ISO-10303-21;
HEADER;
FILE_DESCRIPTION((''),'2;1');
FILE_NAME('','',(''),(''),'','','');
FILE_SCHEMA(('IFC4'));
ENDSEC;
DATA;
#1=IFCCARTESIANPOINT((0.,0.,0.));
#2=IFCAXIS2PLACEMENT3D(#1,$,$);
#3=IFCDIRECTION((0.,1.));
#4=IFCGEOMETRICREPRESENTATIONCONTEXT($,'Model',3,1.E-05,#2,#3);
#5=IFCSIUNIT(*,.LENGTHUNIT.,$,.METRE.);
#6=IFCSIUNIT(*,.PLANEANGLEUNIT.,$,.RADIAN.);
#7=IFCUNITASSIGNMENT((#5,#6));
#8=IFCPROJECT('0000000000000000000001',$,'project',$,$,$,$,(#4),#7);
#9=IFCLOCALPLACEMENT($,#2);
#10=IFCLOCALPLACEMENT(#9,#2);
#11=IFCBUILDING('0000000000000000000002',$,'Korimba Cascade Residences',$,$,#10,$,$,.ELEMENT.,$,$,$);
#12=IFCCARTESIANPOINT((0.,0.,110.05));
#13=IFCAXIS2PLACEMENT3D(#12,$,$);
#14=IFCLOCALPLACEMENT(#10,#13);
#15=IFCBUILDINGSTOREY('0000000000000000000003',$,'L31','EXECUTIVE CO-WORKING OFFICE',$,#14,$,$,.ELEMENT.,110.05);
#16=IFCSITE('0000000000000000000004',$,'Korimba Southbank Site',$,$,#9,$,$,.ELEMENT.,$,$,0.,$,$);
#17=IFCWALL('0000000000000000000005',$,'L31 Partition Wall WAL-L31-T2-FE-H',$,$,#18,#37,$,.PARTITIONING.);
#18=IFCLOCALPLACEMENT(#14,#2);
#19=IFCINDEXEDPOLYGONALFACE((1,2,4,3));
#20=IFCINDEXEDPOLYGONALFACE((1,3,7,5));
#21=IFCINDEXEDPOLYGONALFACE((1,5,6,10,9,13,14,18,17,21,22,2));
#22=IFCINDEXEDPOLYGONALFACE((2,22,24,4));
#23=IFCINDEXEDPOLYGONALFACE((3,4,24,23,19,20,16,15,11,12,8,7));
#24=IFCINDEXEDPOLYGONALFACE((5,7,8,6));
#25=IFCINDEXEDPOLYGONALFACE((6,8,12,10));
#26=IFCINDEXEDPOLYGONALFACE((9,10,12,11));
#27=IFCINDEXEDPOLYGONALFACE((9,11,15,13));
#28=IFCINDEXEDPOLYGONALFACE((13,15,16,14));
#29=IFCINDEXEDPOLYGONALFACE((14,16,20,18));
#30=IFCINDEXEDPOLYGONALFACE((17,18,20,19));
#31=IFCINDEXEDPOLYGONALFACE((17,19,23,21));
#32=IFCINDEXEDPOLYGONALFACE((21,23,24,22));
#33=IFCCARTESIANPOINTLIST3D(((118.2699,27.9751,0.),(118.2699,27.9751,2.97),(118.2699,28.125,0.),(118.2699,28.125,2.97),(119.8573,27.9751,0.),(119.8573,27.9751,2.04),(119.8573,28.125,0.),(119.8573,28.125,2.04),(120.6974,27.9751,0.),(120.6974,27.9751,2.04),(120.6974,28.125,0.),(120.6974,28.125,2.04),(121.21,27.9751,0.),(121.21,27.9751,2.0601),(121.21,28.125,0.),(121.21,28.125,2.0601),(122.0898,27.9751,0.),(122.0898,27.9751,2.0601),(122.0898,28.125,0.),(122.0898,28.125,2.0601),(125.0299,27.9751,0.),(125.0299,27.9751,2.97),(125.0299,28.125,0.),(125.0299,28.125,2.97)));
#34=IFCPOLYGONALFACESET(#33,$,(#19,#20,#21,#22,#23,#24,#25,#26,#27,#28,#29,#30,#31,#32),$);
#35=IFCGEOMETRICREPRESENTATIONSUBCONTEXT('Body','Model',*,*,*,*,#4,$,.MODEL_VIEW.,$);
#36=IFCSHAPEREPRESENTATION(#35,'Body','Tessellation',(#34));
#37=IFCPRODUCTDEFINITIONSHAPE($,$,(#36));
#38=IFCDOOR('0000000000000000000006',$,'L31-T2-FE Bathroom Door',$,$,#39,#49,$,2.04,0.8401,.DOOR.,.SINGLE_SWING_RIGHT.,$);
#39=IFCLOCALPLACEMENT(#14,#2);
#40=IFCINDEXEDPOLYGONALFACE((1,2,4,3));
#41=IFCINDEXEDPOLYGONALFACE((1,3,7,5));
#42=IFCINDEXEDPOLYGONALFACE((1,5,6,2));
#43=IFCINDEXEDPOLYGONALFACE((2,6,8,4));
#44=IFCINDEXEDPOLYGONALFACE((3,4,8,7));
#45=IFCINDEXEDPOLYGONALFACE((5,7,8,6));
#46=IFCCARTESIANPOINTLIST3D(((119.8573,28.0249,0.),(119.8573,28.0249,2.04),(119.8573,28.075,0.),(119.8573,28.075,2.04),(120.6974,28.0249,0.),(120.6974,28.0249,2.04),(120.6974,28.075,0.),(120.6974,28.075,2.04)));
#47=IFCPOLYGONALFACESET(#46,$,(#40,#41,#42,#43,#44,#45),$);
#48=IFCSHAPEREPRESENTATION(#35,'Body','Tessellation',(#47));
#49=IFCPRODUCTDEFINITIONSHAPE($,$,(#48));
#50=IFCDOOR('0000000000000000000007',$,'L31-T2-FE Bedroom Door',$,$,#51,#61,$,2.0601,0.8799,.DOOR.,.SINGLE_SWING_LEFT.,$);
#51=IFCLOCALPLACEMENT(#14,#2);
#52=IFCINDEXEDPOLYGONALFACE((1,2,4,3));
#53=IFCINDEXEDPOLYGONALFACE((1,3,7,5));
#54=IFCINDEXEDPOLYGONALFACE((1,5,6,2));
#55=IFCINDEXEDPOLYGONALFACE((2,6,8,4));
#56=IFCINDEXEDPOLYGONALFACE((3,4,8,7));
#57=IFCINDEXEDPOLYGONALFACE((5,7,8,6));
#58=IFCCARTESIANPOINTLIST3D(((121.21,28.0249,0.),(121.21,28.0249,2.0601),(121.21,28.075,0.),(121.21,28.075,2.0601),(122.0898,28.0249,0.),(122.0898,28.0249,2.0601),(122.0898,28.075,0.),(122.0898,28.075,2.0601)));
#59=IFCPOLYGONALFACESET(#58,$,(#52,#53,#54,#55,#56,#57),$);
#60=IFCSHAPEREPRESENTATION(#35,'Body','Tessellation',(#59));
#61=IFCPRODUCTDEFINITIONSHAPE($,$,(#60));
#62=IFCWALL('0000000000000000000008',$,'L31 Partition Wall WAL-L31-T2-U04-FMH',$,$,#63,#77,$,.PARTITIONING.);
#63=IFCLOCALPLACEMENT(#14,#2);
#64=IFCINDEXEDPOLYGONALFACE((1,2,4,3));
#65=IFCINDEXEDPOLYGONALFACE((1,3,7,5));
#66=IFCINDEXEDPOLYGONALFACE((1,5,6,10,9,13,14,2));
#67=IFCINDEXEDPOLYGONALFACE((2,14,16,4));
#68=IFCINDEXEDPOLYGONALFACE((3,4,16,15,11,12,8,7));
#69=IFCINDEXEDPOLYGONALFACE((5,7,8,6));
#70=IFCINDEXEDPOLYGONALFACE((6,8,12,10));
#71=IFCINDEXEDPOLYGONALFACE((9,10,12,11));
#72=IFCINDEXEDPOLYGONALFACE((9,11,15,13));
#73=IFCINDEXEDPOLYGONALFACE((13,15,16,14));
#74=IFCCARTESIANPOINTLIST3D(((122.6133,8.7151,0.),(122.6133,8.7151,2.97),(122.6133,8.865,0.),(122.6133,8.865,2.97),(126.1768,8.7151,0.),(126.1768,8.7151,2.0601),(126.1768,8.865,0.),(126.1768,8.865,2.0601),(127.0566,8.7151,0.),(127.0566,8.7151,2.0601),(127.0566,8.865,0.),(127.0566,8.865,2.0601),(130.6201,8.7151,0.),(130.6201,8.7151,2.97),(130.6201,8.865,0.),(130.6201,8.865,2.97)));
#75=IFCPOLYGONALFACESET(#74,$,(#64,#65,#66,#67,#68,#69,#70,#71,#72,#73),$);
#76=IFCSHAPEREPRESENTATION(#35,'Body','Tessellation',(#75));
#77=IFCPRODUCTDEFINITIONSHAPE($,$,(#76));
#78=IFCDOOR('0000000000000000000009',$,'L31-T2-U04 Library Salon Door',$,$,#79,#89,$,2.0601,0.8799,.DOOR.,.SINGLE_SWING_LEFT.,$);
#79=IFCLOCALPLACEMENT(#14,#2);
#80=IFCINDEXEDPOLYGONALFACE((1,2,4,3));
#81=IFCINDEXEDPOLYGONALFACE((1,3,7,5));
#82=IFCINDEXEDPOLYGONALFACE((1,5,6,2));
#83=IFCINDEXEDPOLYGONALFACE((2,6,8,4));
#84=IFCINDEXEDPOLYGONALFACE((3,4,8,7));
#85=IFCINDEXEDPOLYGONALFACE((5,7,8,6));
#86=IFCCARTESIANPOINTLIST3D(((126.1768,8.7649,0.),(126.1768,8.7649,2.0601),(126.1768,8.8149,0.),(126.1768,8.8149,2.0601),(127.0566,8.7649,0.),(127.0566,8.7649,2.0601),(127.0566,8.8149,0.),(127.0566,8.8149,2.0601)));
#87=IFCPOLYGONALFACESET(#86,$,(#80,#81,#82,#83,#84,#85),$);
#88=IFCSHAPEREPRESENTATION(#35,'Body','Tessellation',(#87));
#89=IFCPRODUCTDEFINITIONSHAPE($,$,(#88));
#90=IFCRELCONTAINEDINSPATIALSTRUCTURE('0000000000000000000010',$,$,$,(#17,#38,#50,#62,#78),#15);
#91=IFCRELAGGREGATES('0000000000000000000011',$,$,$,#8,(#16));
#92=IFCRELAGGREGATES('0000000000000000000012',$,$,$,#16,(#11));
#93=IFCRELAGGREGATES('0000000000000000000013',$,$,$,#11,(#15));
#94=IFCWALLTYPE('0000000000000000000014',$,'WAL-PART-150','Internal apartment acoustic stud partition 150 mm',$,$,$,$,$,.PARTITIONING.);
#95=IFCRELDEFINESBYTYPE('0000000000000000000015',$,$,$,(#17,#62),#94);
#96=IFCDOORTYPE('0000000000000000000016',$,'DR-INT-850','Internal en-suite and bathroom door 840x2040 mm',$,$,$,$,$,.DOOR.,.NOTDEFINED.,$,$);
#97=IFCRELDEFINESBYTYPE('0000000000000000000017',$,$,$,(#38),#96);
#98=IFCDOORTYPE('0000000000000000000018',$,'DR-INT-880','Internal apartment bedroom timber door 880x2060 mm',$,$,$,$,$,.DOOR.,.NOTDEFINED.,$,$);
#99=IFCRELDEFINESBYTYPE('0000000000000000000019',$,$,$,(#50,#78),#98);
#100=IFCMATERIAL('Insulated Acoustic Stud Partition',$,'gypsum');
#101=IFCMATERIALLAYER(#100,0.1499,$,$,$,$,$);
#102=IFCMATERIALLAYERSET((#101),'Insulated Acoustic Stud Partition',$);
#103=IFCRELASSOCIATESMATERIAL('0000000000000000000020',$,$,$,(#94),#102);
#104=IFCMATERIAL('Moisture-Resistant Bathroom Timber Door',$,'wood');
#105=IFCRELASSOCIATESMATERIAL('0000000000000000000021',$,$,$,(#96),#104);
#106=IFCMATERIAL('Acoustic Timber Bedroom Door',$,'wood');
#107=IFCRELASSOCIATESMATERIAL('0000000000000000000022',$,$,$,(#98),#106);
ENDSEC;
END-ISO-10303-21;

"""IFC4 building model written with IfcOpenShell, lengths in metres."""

from ifc_helpers import new_model, si_unit, direction, frame, frame_2d, origin, place, context, subcontext, project, spatial, rectangle, extrude, material, layer, layer_set, type_object, element, fill, save


model = new_model("IFC4")

# Units and contexts
model_context = context("Model", 3, precision=1e-05, world=origin(), true_north=direction((0.0, 1.0)))
body_context = subcontext(model_context, "Body", "Model", "MODEL_VIEW")
ifc_project = project(units=[si_unit("LENGTHUNIT", "METRE"), si_unit("PLANEANGLEUNIT", "RADIAN")], contexts=[model_context])

# Site, building, storey
site_placement = place(None, origin())
site = spatial("IfcSite", under=ifc_project, at=site_placement, Name="Korimba Southbank Site", CompositionType="ELEMENT", RefElevation=0.0)
building_placement = place(site_placement, origin())
building = spatial("IfcBuilding", under=site, at=building_placement, Name="Korimba Cascade Residences", CompositionType="ELEMENT")
storey_placement = place(building_placement, frame((0.0, 0.0, 110.05)))
storey = spatial("IfcBuildingStorey", under=building, at=storey_placement, Name="L31", Description="EXECUTIVE CO-WORKING OFFICE", CompositionType="ELEMENT", Elevation=110.05)

# Shared definitions
ifc_material_1 = material(Name="Insulated Acoustic Stud Partition", Category="gypsum")
ifc_layer_1 = layer(ifc_material_1, 0.1499)
ifc_layer_set_1 = layer_set([ifc_layer_1], Name="Insulated Acoustic Stud Partition")
wall_type_1 = type_object("IfcWallType", Name="WAL-PART-150", Description="Internal apartment acoustic stud partition 150 mm", PredefinedType="PARTITIONING", material=ifc_layer_set_1)
ifc_material_2 = material(Name="Moisture-Resistant Bathroom Timber Door", Category="wood")
door_type_1 = type_object("IfcDoorType", Name="DR-INT-850", Description="Internal en-suite and bathroom door 840x2040 mm", OperationType="NOTDEFINED", PredefinedType="DOOR", material=ifc_material_2)
ifc_material_3 = material(Name="Acoustic Timber Bedroom Door", Category="wood")
door_type_2 = type_object("IfcDoorType", Name="DR-INT-880", Description="Internal apartment bedroom timber door 880x2060 mm", OperationType="NOTDEFINED", PredefinedType="DOOR", material=ifc_material_3)

# Wall, openings, doors
wall_1_placement = place(storey_placement, frame((118.27, 28.05, 0.0), z_axis=(0.0, 0.0, 1.0), x_axis=(1.0, 0.0, 0.0)))
wall_1 = element("IfcWall", 1, at=wall_1_placement, inside=storey, type_object=wall_type_1, Name="L31 Partition Wall WAL-L31-T2-FE-H", PredefinedType="PARTITIONING", context=body_context, shape_type="SweptSolid", body=[
    extrude(rectangle(XDim=6.76, YDim=0.1499, at=frame_2d((3.3799, 0.0))), origin(), (0.0, 0.0, 1.0), 2.97),
])
opening_1_placement = place(wall_1_placement, frame((1.5874, 0.0, 0.0)))
opening_1 = element("IfcOpeningElement", 2, at=opening_1_placement, cuts=wall_1, PredefinedType="OPENING", context=body_context, shape_type="SweptSolid", body=[
    extrude(rectangle(XDim=0.8401, YDim=2.04, at=frame_2d((0.4199, 1.02))), frame((0.0, 0.085, 0.0), z_axis=(0.0, -1.0, 0.0), x_axis=(1.0, 0.0, 0.0)), (0.0, 0.0, 1.0), 0.1699),
])
opening_2_placement = place(wall_1_placement, frame((2.9399, 0.0, 0.0)))
opening_2 = element("IfcOpeningElement", 3, at=opening_2_placement, cuts=wall_1, PredefinedType="OPENING", context=body_context, shape_type="SweptSolid", body=[
    extrude(rectangle(XDim=0.8799, YDim=2.0601, at=frame_2d((0.4399, 1.03))), frame((0.0, 0.085, 0.0), z_axis=(0.0, -1.0, 0.0), x_axis=(1.0, 0.0, 0.0)), (0.0, 0.0, 1.0), 0.1699),
])
door_1_placement = place(opening_1_placement, origin())
door_1 = element("IfcDoor", 4, at=door_1_placement, inside=storey, type_object=door_type_1, Name="L31-T2-FE Bathroom Door", OperationType="SINGLE_SWING_RIGHT", OverallHeight=2.04, OverallWidth=0.8401, PredefinedType="DOOR", context=body_context, shape_type="SweptSolid", body=[
    extrude(rectangle(XDim=0.8401, YDim=2.04, at=frame_2d((0.4199, 1.02))), frame((0.0, 0.0249, 0.0), z_axis=(0.0, -1.0, 0.0), x_axis=(1.0, 0.0, 0.0)), (0.0, 0.0, 1.0), 0.05),
])
fill(opening_1, door_1)
door_2_placement = place(opening_2_placement, origin())
door_2 = element("IfcDoor", 5, at=door_2_placement, inside=storey, type_object=door_type_2, Name="L31-T2-FE Bedroom Door", OperationType="SINGLE_SWING_LEFT", OverallHeight=2.0601, OverallWidth=0.8799, PredefinedType="DOOR", context=body_context, shape_type="SweptSolid", body=[
    extrude(rectangle(XDim=0.8799, YDim=2.0601, at=frame_2d((0.4399, 1.03))), frame((0.0, 0.0249, 0.0), z_axis=(0.0, -1.0, 0.0), x_axis=(1.0, 0.0, 0.0)), (0.0, 0.0, 1.0), 0.05),
])
fill(opening_2, door_2)

# Wall, opening, door
wall_2_placement = place(storey_placement, frame((122.6133, 8.79, 0.0), z_axis=(0.0, 0.0, 1.0), x_axis=(1.0, 0.0, 0.0)))
wall_2 = element("IfcWall", 6, at=wall_2_placement, inside=storey, type_object=wall_type_1, Name="L31 Partition Wall WAL-L31-T2-U04-FMH", PredefinedType="PARTITIONING", context=body_context, shape_type="SweptSolid", body=[
    extrude(rectangle(XDim=8.0068, YDim=0.1499, at=frame_2d((4.0034, 0.0))), origin(), (0.0, 0.0, 1.0), 2.97),
])
opening_3_placement = place(wall_2_placement, frame((3.5635, 0.0, 0.0)))
opening_3 = element("IfcOpeningElement", 7, at=opening_3_placement, cuts=wall_2, PredefinedType="OPENING", context=body_context, shape_type="SweptSolid", body=[
    extrude(rectangle(XDim=0.8799, YDim=2.0601, at=frame_2d((0.4399, 1.03))), frame((0.0, 0.085, 0.0), z_axis=(0.0, -1.0, 0.0), x_axis=(1.0, 0.0, 0.0)), (0.0, 0.0, 1.0), 0.1699),
])
door_3_placement = place(opening_3_placement, origin())
door_3 = element("IfcDoor", 8, at=door_3_placement, inside=storey, type_object=door_type_2, Name="L31-T2-U04 Library Salon Door", OperationType="SINGLE_SWING_LEFT", OverallHeight=2.0601, OverallWidth=0.8799, PredefinedType="DOOR", context=body_context, shape_type="SweptSolid", body=[
    extrude(rectangle(XDim=0.8799, YDim=2.0601, at=frame_2d((0.4399, 1.03))), frame((0.0, 0.0249, 0.0), z_axis=(0.0, -1.0, 0.0), x_axis=(1.0, 0.0, 0.0)), (0.0, 0.0, 1.0), 0.05),
])
fill(opening_3, door_3)

save(model, "model.ifc")
